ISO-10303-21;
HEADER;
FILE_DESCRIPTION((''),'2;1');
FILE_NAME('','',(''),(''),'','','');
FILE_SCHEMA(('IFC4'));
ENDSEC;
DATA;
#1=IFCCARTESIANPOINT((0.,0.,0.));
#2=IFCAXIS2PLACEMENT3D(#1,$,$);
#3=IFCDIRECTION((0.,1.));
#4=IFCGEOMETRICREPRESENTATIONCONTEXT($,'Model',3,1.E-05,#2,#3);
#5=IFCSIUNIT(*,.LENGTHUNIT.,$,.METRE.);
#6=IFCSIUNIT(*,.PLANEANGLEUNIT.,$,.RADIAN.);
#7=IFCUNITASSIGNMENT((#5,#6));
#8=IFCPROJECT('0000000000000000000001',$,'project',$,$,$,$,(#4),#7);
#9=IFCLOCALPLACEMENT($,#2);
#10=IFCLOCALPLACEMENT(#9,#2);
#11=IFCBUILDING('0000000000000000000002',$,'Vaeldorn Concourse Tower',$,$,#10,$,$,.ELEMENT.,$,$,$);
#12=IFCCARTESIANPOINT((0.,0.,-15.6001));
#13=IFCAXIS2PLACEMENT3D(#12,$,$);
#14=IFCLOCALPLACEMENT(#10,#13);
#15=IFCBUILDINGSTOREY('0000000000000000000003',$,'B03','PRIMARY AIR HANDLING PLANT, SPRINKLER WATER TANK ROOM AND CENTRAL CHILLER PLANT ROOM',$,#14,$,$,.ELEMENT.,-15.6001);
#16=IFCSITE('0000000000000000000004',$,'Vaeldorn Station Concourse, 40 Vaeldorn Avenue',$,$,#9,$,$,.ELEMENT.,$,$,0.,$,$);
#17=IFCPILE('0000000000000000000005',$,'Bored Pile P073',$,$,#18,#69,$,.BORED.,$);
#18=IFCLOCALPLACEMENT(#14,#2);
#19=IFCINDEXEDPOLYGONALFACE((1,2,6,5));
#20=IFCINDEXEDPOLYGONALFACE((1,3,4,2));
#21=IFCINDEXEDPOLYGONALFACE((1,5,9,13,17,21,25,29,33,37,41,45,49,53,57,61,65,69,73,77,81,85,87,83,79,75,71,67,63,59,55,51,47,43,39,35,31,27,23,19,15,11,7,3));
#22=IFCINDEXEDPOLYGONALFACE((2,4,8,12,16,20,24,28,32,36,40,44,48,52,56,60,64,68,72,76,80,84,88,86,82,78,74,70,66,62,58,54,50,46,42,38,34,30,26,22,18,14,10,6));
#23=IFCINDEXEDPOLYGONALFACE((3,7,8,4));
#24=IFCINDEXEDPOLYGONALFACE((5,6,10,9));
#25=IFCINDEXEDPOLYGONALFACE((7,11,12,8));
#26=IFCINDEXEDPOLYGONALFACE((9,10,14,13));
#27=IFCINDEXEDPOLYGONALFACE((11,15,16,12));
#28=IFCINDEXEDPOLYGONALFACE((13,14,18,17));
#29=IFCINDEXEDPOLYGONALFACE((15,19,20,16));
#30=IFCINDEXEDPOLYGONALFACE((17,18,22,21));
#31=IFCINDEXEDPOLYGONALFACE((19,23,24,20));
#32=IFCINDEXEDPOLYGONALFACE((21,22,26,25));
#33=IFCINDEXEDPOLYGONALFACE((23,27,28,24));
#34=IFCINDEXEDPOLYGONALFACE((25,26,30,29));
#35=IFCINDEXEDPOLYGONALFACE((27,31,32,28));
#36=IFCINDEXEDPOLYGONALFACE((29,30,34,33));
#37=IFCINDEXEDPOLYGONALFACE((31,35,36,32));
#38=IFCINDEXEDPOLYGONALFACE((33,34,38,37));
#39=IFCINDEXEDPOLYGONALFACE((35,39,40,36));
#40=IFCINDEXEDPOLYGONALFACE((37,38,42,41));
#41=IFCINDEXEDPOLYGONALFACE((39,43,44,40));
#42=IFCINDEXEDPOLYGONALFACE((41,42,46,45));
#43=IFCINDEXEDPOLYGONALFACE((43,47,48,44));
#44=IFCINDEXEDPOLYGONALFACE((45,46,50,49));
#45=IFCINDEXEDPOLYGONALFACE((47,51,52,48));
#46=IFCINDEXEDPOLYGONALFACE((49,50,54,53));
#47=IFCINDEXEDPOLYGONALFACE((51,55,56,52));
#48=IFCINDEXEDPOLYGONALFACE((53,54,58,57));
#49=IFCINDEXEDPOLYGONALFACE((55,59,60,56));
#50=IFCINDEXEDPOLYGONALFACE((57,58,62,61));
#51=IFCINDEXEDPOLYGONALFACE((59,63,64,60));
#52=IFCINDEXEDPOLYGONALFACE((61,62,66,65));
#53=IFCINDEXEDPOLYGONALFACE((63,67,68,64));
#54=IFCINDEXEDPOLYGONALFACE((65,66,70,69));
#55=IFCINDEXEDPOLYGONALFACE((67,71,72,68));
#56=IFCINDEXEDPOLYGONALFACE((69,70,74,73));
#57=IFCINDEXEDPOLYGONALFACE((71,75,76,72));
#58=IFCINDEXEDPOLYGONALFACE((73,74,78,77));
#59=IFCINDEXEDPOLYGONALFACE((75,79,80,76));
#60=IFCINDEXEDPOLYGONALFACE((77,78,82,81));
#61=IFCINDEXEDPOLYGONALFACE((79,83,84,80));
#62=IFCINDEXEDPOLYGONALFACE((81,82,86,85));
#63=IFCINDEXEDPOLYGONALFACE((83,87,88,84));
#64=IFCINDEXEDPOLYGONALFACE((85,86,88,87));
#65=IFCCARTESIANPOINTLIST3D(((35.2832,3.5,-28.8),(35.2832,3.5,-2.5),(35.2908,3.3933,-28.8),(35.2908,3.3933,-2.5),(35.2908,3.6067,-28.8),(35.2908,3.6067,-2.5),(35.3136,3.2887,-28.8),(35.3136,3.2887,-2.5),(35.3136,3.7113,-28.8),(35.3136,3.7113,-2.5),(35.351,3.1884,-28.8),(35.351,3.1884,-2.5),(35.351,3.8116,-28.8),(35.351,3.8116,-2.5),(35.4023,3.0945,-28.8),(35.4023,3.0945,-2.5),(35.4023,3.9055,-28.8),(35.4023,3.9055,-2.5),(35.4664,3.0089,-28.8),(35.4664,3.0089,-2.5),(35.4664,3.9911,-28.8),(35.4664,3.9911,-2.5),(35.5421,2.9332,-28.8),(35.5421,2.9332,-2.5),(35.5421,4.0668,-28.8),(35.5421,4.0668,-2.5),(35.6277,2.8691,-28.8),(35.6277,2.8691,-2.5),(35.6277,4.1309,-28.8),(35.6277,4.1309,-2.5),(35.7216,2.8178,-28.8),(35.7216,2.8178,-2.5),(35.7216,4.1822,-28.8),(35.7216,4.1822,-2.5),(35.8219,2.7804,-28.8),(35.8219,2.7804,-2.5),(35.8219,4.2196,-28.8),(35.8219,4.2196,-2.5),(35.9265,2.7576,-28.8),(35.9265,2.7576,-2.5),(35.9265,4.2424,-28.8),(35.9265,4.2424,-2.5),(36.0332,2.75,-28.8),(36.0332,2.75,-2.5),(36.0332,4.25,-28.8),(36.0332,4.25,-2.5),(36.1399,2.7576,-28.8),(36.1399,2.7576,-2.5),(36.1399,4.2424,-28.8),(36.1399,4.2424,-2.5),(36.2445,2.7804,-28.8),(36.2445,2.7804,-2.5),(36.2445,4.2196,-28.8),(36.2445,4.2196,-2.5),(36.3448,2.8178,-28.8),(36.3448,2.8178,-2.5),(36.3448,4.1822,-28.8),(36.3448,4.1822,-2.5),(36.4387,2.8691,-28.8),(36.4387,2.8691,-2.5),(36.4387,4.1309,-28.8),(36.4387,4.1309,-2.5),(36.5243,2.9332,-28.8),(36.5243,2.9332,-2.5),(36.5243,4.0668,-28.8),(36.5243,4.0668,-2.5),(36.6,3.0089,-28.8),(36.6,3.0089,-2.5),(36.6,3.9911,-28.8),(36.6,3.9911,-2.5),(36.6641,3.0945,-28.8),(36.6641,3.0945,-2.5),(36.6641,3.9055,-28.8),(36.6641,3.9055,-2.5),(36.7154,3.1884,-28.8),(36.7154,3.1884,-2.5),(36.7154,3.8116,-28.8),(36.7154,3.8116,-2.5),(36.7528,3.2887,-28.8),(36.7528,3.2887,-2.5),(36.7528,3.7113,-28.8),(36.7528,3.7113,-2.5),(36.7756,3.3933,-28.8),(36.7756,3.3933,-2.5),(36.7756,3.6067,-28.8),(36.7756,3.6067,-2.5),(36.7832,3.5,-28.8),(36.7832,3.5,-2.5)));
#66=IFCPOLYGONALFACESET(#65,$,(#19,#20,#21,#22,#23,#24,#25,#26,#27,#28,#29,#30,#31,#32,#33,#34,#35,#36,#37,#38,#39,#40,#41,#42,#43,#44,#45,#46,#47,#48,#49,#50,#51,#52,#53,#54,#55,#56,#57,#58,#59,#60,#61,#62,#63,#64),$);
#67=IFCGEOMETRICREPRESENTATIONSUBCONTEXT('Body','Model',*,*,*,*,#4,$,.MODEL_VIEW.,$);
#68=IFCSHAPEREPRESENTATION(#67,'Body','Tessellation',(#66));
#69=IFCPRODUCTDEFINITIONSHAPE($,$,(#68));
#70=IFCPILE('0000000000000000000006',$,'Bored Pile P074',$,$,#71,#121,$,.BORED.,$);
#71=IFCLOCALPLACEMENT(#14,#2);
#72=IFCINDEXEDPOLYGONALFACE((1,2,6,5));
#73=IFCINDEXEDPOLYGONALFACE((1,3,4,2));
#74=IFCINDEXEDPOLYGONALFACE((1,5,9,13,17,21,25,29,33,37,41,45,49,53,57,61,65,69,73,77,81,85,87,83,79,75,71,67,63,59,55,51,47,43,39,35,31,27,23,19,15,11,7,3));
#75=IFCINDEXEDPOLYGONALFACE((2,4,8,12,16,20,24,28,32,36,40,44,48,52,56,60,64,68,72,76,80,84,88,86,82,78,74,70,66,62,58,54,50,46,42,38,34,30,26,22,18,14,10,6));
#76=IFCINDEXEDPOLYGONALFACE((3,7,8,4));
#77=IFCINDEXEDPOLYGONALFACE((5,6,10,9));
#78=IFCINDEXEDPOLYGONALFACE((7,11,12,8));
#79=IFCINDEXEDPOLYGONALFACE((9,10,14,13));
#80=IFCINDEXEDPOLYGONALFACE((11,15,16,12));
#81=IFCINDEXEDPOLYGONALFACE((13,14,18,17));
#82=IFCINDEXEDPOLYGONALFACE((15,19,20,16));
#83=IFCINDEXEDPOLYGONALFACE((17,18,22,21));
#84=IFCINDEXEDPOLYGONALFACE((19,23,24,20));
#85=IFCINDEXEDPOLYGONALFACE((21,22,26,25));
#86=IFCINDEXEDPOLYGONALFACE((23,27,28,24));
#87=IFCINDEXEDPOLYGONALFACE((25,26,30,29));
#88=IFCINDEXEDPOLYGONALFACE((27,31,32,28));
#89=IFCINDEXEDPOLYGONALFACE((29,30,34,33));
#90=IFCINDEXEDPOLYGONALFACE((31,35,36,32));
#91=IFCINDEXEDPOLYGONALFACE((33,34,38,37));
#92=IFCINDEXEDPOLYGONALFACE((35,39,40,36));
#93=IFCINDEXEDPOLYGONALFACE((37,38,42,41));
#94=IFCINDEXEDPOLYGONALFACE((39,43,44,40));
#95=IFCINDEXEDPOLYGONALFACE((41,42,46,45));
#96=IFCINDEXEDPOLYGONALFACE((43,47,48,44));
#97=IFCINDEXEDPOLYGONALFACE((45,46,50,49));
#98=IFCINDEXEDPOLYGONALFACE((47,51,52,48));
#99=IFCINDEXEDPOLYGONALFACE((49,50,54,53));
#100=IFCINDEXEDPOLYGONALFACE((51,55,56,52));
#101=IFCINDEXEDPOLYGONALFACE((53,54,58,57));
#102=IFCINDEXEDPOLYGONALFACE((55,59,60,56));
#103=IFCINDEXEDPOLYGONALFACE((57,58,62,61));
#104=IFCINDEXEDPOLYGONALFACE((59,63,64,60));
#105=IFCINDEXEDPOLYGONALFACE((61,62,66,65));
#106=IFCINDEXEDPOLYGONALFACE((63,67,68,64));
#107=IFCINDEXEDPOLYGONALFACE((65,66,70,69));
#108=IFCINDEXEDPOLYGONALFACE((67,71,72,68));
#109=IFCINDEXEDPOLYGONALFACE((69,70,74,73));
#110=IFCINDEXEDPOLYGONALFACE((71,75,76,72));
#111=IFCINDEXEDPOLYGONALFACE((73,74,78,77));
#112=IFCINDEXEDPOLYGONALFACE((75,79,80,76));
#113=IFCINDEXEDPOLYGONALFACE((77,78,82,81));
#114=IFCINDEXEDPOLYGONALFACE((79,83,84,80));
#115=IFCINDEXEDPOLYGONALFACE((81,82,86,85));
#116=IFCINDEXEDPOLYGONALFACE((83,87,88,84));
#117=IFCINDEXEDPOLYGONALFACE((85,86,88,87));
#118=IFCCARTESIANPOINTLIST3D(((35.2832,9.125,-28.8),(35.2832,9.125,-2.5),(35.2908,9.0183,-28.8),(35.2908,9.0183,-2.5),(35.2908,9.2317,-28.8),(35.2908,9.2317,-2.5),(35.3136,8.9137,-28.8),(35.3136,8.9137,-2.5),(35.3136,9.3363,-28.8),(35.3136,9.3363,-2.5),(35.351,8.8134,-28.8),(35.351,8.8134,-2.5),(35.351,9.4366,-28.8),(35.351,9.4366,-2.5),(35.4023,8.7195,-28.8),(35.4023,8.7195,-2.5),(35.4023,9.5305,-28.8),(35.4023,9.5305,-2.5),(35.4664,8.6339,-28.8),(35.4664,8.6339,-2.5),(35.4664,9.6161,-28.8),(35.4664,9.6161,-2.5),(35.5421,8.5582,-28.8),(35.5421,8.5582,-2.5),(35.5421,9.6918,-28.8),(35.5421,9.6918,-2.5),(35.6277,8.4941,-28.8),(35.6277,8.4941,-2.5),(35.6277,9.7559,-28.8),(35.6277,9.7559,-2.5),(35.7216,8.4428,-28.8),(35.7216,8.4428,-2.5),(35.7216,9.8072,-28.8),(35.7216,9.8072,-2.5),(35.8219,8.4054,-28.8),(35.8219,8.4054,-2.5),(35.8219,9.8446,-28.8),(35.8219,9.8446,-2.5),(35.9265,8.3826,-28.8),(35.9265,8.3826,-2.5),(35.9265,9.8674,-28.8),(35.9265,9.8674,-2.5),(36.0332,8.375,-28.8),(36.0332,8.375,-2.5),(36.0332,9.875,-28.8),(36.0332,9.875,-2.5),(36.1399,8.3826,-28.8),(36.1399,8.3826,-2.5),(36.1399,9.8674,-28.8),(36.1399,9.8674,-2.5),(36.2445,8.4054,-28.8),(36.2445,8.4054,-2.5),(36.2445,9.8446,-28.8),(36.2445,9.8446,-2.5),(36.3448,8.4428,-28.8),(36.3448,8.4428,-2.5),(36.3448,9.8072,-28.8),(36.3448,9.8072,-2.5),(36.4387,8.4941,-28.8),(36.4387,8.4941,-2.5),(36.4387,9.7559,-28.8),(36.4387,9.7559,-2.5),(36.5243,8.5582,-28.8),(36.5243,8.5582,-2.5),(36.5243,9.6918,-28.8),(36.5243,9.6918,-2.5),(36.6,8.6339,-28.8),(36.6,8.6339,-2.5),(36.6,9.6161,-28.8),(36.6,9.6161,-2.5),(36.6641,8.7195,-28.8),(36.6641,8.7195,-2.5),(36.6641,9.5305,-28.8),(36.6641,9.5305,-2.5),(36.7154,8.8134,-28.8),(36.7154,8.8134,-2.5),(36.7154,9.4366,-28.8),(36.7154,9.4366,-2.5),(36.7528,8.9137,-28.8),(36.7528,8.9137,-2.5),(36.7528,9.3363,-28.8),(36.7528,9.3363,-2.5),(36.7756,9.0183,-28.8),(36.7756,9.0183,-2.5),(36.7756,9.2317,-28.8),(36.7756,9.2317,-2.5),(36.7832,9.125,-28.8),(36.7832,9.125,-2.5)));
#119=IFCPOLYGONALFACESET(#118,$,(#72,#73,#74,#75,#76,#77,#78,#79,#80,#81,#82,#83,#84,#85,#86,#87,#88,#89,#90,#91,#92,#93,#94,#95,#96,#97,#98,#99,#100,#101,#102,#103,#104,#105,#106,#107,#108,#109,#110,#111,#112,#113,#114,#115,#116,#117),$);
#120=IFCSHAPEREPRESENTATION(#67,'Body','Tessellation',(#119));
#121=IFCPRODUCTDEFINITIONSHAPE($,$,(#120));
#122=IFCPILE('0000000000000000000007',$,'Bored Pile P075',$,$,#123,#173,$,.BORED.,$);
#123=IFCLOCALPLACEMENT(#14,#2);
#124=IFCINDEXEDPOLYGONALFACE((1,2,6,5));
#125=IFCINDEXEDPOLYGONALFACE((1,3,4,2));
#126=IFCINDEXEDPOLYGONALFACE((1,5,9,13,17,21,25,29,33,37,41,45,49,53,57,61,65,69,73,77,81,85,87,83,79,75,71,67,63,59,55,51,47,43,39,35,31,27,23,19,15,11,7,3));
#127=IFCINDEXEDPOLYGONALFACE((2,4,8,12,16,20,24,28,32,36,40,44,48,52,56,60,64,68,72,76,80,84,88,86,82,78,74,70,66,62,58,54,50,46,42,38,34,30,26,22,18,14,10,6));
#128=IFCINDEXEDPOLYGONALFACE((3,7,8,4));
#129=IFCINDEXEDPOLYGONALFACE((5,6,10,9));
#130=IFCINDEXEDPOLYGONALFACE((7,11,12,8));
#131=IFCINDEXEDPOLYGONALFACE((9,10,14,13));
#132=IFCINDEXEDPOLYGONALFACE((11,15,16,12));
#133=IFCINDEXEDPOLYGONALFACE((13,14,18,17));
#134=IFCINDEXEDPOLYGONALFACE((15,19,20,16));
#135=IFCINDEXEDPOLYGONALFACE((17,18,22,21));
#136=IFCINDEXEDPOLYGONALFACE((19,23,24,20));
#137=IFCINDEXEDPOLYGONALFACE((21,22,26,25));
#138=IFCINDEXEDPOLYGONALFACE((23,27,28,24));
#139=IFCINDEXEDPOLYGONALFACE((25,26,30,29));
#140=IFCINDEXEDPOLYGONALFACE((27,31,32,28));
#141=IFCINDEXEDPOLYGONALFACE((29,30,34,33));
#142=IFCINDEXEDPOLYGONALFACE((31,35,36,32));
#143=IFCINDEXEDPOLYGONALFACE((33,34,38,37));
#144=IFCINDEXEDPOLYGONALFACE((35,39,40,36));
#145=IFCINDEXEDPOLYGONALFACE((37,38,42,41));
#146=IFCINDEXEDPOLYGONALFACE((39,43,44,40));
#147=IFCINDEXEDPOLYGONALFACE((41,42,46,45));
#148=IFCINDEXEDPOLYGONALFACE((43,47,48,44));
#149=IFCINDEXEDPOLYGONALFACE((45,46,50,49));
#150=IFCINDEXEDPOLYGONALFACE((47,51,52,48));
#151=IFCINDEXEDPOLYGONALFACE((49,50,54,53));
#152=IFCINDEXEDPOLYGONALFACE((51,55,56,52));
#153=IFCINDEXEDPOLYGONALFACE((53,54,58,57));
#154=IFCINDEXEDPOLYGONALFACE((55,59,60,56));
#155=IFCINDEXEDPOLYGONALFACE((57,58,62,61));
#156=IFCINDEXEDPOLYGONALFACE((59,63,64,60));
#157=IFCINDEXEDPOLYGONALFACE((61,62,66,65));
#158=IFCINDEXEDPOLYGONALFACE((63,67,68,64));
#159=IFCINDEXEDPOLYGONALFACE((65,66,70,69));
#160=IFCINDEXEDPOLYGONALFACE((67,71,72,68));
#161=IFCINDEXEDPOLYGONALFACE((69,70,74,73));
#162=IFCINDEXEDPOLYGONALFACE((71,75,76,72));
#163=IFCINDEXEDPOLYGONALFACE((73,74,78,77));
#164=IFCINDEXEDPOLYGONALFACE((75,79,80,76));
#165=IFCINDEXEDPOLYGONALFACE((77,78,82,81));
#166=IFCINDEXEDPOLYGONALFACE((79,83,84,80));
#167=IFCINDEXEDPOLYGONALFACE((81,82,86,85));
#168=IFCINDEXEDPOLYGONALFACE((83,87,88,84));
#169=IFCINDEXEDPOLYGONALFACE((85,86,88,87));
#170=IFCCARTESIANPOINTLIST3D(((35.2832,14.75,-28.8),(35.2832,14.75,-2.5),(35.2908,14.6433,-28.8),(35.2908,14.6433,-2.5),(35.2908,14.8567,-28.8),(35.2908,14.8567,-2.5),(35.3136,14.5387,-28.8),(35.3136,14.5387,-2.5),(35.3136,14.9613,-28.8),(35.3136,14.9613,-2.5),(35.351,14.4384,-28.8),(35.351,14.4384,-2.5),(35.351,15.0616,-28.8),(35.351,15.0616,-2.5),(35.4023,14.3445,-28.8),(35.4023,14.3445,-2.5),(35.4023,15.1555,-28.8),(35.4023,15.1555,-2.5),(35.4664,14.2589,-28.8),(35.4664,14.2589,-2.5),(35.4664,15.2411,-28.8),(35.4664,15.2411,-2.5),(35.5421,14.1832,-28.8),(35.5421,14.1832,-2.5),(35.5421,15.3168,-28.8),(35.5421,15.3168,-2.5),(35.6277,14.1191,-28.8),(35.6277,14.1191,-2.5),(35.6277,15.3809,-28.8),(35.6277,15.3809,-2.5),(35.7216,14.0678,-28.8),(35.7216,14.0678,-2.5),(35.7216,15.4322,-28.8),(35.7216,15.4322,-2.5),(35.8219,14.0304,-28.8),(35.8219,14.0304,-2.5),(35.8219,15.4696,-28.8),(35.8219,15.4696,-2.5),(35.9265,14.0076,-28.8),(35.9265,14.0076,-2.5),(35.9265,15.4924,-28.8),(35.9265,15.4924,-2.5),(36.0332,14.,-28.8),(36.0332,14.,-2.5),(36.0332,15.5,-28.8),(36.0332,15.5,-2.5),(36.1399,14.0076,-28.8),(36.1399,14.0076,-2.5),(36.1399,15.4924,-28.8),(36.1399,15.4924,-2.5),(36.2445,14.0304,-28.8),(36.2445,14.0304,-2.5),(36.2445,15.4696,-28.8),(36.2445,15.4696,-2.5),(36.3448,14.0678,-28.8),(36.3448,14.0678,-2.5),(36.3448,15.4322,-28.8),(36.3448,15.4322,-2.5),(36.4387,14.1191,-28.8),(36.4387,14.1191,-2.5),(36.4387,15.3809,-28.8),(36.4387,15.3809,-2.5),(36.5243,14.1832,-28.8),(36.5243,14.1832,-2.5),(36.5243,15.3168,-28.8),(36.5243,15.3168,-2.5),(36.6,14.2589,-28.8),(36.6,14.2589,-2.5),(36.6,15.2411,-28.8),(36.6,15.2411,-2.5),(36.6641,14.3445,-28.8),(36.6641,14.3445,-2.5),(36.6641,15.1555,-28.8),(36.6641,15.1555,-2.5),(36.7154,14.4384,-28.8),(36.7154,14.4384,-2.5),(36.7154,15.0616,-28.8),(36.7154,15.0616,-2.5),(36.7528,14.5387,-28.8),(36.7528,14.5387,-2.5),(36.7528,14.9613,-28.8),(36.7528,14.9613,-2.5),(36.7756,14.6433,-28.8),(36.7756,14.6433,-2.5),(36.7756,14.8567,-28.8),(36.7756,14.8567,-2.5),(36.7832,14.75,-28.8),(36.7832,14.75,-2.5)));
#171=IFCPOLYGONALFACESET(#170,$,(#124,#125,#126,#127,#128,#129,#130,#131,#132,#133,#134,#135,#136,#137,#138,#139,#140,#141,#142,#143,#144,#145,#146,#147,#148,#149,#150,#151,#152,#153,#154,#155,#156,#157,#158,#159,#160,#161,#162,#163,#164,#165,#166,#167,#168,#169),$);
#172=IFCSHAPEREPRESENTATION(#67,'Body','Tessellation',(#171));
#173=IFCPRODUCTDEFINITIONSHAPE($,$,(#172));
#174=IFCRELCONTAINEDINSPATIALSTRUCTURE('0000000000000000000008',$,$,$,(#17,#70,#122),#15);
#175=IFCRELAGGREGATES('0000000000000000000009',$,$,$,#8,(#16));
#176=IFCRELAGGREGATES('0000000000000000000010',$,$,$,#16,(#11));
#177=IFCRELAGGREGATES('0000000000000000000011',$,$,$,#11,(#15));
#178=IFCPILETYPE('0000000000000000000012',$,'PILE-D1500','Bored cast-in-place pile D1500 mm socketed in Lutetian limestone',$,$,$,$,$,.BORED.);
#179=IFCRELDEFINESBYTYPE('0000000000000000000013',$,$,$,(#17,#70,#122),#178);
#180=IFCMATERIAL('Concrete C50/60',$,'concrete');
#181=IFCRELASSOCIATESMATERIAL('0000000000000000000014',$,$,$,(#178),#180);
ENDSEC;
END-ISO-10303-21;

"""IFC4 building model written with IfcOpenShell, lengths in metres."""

from ifc_helpers import new_model, si_unit, direction, frame, origin, origin_2d, place, context, subcontext, project, spatial, circle, extrude, material, material_profile, profile_set, type_object, element, save


model = new_model("IFC4")

# Units and contexts
model_context = context("Model", 3, precision=1e-05, world=origin(), true_north=direction((0.0, 1.0)))
body_context = subcontext(model_context, "Body", "Model", "MODEL_VIEW")
ifc_project = project(units=[si_unit("LENGTHUNIT", "METRE"), si_unit("PLANEANGLEUNIT", "RADIAN")], contexts=[model_context])

# Site, building, storey
site_placement = place(None, origin())
site = spatial("IfcSite", under=ifc_project, at=site_placement, Name="Vaeldorn Station Concourse, 40 Vaeldorn Avenue", CompositionType="ELEMENT", RefElevation=0.0)
building_placement = place(site_placement, origin())
building = spatial("IfcBuilding", under=site, at=building_placement, Name="Vaeldorn Concourse Tower", CompositionType="ELEMENT")
storey_placement = place(building_placement, frame((0.0, 0.0, -15.6001)))
storey = spatial("IfcBuildingStorey", under=building, at=storey_placement, Name="B03", Description="PRIMARY AIR HANDLING PLANT, SPRINKLER WATER TANK ROOM AND CENTRAL CHILLER PLANT ROOM", CompositionType="ELEMENT", Elevation=-15.6001)

# Piles
ifc_material_1 = material(Name="Concrete C50/60", Category="concrete")
ifc_material_profile_1 = material_profile(ifc_material_1, circle(Radius=0.75, at=origin_2d()), Name="BORED PILE D1500")
ifc_profile_set_1 = profile_set([ifc_material_profile_1], Name="Concrete C50/60")
pile_type = type_object("IfcPileType", Name="PILE-D1500", Description="Bored cast-in-place pile D1500 mm socketed in Lutetian limestone", PredefinedType="BORED", material=ifc_profile_set_1)
for number, where, z_axis, x_axis, name in (
    (1, (36.0332, 3.5, -2.5), (0.0, 0.0, -1.0), (1.0, 0.0, 0.0), "Bored Pile P073"),
    (2, (36.0332, 9.125, -2.5), (0.0, 0.0, -1.0), (1.0, 0.0, 0.0), "Bored Pile P074"),
    (3, (36.0332, 14.75, -2.5), (0.0, 0.0, -1.0), (1.0, 0.0, 0.0), "Bored Pile P075"),
):
    element("IfcPile", number, at=place(storey_placement, frame(where, z_axis=z_axis, x_axis=x_axis)), inside=storey, type_object=pile_type, Name=name, PredefinedType="BORED", context=body_context, shape_type="SweptSolid", body=[
        extrude(circle(Radius=0.75, at=origin_2d()), origin(), (0.0, 0.0, 1.0), 26.3),
    ])

save(model, "model.ifc")
